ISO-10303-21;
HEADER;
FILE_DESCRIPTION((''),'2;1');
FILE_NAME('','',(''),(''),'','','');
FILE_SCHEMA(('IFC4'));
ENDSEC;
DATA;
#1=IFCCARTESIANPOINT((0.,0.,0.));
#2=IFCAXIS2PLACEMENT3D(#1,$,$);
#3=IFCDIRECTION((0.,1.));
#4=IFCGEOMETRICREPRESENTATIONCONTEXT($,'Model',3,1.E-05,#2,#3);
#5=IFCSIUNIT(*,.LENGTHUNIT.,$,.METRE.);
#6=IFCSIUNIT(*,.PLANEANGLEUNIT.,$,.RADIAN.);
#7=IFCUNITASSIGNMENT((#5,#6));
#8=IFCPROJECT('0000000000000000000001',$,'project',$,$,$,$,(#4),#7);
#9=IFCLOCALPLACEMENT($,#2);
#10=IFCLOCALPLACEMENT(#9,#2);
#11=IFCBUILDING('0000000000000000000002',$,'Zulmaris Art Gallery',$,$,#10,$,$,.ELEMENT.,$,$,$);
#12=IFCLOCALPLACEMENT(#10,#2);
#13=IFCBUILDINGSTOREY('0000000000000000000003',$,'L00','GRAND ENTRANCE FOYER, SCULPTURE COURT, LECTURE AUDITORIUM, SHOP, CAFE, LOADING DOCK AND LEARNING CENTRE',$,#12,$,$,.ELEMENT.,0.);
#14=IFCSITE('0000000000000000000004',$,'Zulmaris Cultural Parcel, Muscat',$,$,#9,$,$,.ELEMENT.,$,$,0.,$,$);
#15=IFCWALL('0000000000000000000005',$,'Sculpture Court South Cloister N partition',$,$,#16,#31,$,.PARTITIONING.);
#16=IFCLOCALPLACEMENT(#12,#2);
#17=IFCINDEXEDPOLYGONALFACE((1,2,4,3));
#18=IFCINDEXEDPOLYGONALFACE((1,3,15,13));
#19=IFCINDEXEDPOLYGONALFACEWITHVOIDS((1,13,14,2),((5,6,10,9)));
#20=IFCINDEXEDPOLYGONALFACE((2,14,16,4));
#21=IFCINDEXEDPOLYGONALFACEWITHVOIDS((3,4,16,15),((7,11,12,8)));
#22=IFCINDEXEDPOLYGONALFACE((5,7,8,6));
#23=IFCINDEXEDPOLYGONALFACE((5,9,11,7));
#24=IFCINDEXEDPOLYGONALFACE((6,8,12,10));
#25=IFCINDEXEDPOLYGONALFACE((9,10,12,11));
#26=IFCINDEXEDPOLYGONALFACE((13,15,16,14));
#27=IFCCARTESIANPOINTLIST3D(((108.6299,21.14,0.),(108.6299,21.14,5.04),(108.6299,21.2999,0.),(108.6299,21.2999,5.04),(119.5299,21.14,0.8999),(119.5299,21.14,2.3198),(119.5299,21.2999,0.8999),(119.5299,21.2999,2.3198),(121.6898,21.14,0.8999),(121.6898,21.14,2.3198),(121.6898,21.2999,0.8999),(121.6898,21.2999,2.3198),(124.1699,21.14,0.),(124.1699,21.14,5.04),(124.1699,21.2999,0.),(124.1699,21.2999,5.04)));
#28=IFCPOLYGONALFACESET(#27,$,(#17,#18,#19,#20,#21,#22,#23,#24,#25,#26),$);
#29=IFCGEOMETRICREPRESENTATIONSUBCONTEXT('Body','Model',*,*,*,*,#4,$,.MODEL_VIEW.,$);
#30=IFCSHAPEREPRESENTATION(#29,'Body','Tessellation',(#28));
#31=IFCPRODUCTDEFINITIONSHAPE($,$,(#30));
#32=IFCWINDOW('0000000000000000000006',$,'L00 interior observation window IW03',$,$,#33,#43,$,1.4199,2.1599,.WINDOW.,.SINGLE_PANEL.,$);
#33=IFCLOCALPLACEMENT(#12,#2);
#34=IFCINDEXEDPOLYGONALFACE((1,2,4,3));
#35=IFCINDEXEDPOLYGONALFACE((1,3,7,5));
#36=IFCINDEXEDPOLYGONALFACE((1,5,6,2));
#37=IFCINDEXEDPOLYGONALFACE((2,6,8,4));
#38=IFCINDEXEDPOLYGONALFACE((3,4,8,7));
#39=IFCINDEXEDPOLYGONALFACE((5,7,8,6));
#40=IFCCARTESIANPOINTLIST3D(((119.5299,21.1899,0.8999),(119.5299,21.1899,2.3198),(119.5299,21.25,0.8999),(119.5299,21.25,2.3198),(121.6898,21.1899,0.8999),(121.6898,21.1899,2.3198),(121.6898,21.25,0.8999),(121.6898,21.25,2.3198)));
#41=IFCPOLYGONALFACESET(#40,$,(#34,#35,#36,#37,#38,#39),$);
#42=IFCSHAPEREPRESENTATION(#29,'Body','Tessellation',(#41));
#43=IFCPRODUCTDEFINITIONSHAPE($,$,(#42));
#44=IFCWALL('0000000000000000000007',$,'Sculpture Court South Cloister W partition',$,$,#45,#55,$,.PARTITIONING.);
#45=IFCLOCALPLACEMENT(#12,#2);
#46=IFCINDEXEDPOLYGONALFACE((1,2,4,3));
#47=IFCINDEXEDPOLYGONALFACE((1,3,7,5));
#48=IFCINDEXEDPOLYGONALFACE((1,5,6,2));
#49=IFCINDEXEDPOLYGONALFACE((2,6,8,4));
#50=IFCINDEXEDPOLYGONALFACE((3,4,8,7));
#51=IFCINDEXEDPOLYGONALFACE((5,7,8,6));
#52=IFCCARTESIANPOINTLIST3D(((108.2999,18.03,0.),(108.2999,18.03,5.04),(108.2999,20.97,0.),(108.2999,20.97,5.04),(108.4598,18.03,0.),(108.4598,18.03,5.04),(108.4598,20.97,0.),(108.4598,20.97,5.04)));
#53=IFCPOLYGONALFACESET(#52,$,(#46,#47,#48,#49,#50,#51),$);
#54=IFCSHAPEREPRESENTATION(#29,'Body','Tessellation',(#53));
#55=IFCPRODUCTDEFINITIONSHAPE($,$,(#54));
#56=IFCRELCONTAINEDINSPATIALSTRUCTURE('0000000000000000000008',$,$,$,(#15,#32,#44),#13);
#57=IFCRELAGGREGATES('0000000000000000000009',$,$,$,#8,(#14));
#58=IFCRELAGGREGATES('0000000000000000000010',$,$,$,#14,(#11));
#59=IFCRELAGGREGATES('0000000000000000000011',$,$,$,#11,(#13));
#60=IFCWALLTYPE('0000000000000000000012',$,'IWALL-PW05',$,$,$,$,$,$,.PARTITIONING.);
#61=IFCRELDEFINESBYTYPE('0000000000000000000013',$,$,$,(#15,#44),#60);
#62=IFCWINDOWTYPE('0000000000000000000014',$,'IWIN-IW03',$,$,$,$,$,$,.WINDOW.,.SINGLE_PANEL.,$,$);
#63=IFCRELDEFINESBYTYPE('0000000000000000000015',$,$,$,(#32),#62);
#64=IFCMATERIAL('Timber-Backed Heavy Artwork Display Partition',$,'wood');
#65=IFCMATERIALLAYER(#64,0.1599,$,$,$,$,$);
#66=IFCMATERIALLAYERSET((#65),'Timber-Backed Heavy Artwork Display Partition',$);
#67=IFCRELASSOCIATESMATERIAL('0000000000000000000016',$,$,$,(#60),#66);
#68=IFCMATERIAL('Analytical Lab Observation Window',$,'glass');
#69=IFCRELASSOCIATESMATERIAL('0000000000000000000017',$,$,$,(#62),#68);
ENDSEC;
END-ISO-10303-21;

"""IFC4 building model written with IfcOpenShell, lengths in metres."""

from ifc_helpers import new_model, si_unit, direction, frame, frame_2d, origin, place, context, subcontext, project, spatial, rectangle, extrude, material, layer, layer_set, type_object, element, fill, save


model = new_model("IFC4")

# Units and contexts
model_context = context("Model", 3, precision=1e-05, world=origin(), true_north=direction((0.0, 1.0)))
body_context = subcontext(model_context, "Body", "Model", "MODEL_VIEW")
ifc_project = project(units=[si_unit("LENGTHUNIT", "METRE"), si_unit("PLANEANGLEUNIT", "RADIAN")], contexts=[model_context])

# Site, building, storey
site_placement = place(None, origin())
site = spatial("IfcSite", under=ifc_project, at=site_placement, Name="Zulmaris Cultural Parcel, Muscat", CompositionType="ELEMENT", RefElevation=0.0)
building_placement = place(site_placement, origin())
building = spatial("IfcBuilding", under=site, at=building_placement, Name="Zulmaris Art Gallery", CompositionType="ELEMENT")
storey_placement = place(building_placement, origin())
storey = spatial("IfcBuildingStorey", under=building, at=storey_placement, Name="L00", Description="GRAND ENTRANCE FOYER, SCULPTURE COURT, LECTURE AUDITORIUM, SHOP, CAFE, LOADING DOCK AND LEARNING CENTRE", CompositionType="ELEMENT", Elevation=0.0)

# Wall, opening, window
ifc_material_1 = material(Name="Timber-Backed Heavy Artwork Display Partition", Category="wood")
ifc_layer_1 = layer(ifc_material_1, 0.1599)
ifc_layer_set_1 = layer_set([ifc_layer_1], Name="Timber-Backed Heavy Artwork Display Partition")
wall_type_1 = type_object("IfcWallType", Name="IWALL-PW05", PredefinedType="PARTITIONING", material=ifc_layer_set_1)
wall_1_placement = place(storey_placement, frame((108.6299, 21.22, 0.0), z_axis=(0.0, 0.0, 1.0), x_axis=(1.0, 0.0, 0.0)))
wall_1 = element("IfcWall", 1, at=wall_1_placement, inside=storey, type_object=wall_type_1, Name="Sculpture Court South Cloister N partition", PredefinedType="PARTITIONING", context=body_context, shape_type="SweptSolid", body=[
    extrude(rectangle(XDim=15.54, YDim=0.1599, at=frame_2d((7.77, 0.0))), origin(), (0.0, 0.0, 1.0), 5.04),
])
opening_1_placement = place(wall_1_placement, frame((10.8999, 0.0, 0.8999)))
opening_1 = element("IfcOpeningElement", 2, at=opening_1_placement, cuts=wall_1, PredefinedType="OPENING", context=body_context, shape_type="SweptSolid", body=[
    extrude(rectangle(XDim=2.1599, YDim=1.4199, at=frame_2d((1.0801, 0.71))), frame((0.0, 0.0898, 0.0), z_axis=(0.0, -1.0, 0.0), x_axis=(1.0, 0.0, 0.0)), (0.0, 0.0, 1.0), 0.1799),
])
ifc_material_2 = material(Name="Analytical Lab Observation Window", Category="glass")
window_type = type_object("IfcWindowType", Name="IWIN-IW03", PartitioningType="SINGLE_PANEL", PredefinedType="WINDOW", material=ifc_material_2)
window_placement = place(opening_1_placement, origin())
window = element("IfcWindow", 3, at=window_placement, inside=storey, type_object=window_type, Name="L00 interior observation window IW03", OverallHeight=1.4199, OverallWidth=2.1599, PartitioningType="SINGLE_PANEL", PredefinedType="WINDOW", context=body_context, shape_type="SweptSolid", body=[
    extrude(rectangle(XDim=2.1599, YDim=1.4199, at=frame_2d((1.0801, 0.71))), frame((0.0, 0.03, 0.0), z_axis=(0.0, -1.0, 0.0), x_axis=(1.0, 0.0, 0.0)), (0.0, 0.0, 1.0), 0.0601),
])
fill(opening_1, window)

# Wall
wall_2_placement = place(storey_placement, frame((108.3799, 18.03, 0.0), z_axis=(0.0, 0.0, 1.0), x_axis=(0.0, 1.0, 0.0)))
element("IfcWall", 4, at=wall_2_placement, inside=storey, type_object=wall_type_1, Name="Sculpture Court South Cloister W partition", PredefinedType="PARTITIONING", context=body_context, shape_type="SweptSolid", body=[
    extrude(rectangle(XDim=2.9399, YDim=0.1599, at=frame_2d((1.47, 0.0))), origin(), (0.0, 0.0, 1.0), 5.04),
])

save(model, "model.ifc")
